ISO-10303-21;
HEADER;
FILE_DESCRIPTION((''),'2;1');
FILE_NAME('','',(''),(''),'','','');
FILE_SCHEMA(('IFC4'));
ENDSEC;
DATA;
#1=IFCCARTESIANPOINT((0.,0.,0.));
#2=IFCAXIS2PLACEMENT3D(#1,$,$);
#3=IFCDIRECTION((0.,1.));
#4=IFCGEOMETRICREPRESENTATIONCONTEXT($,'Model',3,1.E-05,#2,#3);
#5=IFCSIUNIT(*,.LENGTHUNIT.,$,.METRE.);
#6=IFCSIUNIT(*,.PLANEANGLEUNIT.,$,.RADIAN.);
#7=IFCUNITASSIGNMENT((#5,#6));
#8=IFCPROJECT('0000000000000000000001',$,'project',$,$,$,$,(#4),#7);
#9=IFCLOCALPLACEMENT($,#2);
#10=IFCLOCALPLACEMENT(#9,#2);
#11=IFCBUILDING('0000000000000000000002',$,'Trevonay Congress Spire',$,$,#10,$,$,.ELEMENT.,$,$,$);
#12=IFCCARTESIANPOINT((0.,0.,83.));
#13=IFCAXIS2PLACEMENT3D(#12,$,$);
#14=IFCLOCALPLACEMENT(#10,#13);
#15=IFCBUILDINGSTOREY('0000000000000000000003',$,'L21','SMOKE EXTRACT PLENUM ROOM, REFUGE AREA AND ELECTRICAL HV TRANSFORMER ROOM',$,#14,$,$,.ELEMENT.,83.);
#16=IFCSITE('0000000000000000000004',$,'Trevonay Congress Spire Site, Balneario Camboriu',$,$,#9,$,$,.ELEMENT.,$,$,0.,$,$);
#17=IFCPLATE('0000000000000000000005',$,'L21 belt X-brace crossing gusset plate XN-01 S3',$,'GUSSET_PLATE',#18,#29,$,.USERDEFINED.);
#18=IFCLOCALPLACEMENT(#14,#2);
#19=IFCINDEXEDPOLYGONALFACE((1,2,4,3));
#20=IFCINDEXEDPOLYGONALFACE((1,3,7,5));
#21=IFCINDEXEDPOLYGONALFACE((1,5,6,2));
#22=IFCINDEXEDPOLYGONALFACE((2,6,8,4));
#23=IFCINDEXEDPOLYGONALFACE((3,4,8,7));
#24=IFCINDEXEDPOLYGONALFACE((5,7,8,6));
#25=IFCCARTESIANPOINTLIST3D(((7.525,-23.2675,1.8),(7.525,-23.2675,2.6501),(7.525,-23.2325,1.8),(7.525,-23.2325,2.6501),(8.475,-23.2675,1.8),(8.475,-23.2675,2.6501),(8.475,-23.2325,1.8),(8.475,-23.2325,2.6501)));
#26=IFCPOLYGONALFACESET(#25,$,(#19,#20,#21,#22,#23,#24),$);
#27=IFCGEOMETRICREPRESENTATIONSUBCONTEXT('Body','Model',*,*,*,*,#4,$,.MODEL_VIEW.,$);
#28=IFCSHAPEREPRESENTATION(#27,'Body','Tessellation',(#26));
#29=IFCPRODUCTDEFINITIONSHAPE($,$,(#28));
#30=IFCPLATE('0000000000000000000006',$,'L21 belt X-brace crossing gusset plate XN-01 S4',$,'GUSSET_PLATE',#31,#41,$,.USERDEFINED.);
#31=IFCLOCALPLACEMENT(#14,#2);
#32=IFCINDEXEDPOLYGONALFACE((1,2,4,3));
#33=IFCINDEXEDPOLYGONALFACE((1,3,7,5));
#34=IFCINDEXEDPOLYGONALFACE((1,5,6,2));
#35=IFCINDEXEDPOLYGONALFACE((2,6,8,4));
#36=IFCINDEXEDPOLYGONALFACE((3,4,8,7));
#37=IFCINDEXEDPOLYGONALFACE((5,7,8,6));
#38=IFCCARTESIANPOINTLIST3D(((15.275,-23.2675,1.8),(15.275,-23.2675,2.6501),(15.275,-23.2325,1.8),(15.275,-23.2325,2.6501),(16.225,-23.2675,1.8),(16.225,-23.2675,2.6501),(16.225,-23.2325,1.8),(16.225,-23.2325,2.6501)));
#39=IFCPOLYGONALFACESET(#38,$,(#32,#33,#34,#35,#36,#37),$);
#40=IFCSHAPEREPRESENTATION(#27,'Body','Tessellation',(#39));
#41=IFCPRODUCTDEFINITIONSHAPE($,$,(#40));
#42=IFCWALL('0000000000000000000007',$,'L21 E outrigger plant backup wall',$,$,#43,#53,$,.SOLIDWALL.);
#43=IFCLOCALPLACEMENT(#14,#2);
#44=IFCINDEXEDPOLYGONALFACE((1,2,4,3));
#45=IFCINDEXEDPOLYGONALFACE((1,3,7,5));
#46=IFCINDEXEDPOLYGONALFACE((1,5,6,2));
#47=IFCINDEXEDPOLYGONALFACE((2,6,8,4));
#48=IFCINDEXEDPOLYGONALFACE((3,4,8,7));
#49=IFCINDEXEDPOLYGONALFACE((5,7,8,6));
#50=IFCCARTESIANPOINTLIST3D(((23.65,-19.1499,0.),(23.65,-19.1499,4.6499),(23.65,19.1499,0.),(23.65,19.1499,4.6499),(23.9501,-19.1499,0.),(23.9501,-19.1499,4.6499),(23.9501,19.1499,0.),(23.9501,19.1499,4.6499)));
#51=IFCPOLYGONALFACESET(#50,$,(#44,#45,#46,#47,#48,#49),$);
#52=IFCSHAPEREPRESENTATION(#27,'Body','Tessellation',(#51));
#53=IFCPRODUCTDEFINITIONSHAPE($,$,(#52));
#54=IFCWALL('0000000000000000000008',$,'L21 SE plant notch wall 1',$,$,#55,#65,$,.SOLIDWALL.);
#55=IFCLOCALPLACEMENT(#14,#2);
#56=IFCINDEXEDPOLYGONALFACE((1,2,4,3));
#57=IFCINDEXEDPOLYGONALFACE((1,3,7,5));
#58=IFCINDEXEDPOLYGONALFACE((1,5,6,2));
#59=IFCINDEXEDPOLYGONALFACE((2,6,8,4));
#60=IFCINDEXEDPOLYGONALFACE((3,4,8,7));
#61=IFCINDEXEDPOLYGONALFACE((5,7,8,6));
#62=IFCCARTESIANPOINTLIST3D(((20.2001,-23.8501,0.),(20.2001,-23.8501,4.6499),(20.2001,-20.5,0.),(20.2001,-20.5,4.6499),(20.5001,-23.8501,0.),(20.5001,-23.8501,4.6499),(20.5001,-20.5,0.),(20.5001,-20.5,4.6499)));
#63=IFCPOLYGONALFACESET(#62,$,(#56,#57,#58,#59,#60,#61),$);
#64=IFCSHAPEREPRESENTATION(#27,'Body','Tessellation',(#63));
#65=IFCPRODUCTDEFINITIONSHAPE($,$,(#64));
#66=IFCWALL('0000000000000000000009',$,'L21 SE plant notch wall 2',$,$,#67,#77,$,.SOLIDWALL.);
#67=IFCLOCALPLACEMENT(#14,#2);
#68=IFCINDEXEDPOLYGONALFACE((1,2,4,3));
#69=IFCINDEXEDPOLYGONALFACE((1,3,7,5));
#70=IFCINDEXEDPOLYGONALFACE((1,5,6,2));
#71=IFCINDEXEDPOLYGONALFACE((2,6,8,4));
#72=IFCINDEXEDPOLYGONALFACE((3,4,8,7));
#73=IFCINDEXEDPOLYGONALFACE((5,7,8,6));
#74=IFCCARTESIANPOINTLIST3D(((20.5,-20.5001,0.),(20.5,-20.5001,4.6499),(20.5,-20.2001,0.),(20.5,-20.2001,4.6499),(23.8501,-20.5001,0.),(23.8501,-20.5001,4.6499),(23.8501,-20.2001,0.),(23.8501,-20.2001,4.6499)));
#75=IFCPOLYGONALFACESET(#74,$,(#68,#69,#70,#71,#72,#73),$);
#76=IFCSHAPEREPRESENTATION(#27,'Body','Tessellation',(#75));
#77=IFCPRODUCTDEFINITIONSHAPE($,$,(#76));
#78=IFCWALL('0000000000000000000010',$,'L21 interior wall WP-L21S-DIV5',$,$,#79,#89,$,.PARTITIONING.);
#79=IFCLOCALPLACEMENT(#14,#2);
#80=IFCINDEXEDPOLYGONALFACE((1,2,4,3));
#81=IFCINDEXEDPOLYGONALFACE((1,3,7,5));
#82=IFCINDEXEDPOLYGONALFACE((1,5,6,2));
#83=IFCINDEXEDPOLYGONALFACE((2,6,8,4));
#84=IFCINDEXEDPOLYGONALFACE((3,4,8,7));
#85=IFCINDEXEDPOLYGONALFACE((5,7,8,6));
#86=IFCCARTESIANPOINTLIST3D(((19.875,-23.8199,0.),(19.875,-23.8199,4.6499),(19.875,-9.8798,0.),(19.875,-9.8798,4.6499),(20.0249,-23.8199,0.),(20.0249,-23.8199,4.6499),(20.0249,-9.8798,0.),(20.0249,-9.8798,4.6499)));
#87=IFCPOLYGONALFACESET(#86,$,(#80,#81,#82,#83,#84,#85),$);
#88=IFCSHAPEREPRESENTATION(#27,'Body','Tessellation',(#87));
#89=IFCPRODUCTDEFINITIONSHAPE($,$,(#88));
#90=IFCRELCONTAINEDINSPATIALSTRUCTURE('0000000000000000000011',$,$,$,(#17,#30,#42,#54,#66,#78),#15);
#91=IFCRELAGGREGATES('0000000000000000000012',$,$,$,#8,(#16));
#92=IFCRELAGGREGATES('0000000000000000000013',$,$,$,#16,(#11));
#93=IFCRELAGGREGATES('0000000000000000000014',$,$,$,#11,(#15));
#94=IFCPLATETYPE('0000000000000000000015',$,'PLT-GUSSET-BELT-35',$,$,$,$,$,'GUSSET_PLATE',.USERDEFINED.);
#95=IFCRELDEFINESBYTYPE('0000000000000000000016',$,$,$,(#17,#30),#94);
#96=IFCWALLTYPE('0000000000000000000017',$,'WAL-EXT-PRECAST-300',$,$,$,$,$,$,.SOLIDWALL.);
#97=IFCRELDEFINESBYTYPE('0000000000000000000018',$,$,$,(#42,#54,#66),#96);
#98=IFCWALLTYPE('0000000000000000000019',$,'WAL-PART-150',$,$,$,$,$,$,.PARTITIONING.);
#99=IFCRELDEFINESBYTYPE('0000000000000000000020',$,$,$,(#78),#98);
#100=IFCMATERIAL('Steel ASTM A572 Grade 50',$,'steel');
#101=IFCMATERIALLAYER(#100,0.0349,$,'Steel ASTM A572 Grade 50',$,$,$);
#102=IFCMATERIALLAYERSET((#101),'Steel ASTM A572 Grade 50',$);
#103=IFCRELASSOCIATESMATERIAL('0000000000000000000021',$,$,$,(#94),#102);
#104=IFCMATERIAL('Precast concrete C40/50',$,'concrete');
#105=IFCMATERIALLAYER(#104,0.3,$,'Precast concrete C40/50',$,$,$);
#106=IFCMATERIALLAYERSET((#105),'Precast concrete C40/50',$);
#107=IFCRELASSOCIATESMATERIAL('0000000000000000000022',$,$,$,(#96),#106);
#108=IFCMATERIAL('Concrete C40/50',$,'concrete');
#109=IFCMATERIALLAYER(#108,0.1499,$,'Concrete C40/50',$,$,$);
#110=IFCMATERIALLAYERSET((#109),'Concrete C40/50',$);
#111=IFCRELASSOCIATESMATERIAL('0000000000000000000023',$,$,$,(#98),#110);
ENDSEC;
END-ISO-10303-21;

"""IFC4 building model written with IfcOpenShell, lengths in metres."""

from ifc_helpers import new_model, si_unit, direction, frame, frame_2d, origin, origin_2d, place, context, subcontext, project, spatial, rectangle, extrude, material, layer, layer_set, type_object, element, save


model = new_model("IFC4")

# Units and contexts
model_context = context("Model", 3, precision=1e-05, world=origin(), true_north=direction((0.0, 1.0)))
body_context = subcontext(model_context, "Body", "Model", "MODEL_VIEW")
ifc_project = project(units=[si_unit("LENGTHUNIT", "METRE"), si_unit("PLANEANGLEUNIT", "RADIAN")], contexts=[model_context])

# Site, building, storey
site_placement = place(None, origin())
site = spatial("IfcSite", under=ifc_project, at=site_placement, Name="Trevonay Congress Spire Site, Balneario Camboriu", CompositionType="ELEMENT", RefElevation=0.0)
building_placement = place(site_placement, origin())
building = spatial("IfcBuilding", under=site, at=building_placement, Name="Trevonay Congress Spire", CompositionType="ELEMENT")
storey_placement = place(building_placement, frame((0.0, 0.0, 83.0)))
storey = spatial("IfcBuildingStorey", under=building, at=storey_placement, Name="L21", Description="SMOKE EXTRACT PLENUM ROOM, REFUGE AREA AND ELECTRICAL HV TRANSFORMER ROOM", CompositionType="ELEMENT", Elevation=83.0)

# Shared definitions
ifc_material_1 = material(Name="Steel ASTM A572 Grade 50", Category="steel")

# Plates
ifc_layer_1 = layer(ifc_material_1, 0.0349, Name="Steel ASTM A572 Grade 50")
ifc_layer_set_1 = layer_set([ifc_layer_1], Name="Steel ASTM A572 Grade 50")
plate_type = type_object("IfcPlateType", Name="PLT-GUSSET-BELT-35", ElementType="GUSSET_PLATE", PredefinedType="USERDEFINED", material=ifc_layer_set_1)
for number, where, z_axis, x_axis, name in (
    (1, (8.0, -23.25, 1.8), (0.0, 0.0, 1.0), (1.0, 0.0, 0.0), "L21 belt X-brace crossing gusset plate XN-01 S3"),
    (2, (15.75, -23.25, 1.8), (0.0, 0.0, 1.0), (1.0, 0.0, 0.0), "L21 belt X-brace crossing gusset plate XN-01 S4"),
):
    element("IfcPlate", number, at=place(storey_placement, frame(where, z_axis=z_axis, x_axis=x_axis)), inside=storey, type_object=plate_type, Name=name, ObjectType="GUSSET_PLATE", PredefinedType="USERDEFINED", context=body_context, shape_type="SweptSolid", body=[
        extrude(rectangle(XDim=0.95, YDim=0.0349, at=origin_2d()), origin(), (0.0, 0.0, 1.0), 0.8501),
    ])

# Walls
ifc_material_2 = material(Name="Precast concrete C40/50", Category="concrete")
ifc_layer_2 = layer(ifc_material_2, 0.3, Name="Precast concrete C40/50")
ifc_layer_set_2 = layer_set([ifc_layer_2], Name="Precast concrete C40/50")
wall_type_1 = type_object("IfcWallType", Name="WAL-EXT-PRECAST-300", PredefinedType="SOLIDWALL", material=ifc_layer_set_2)
wall_1_placement = place(storey_placement, frame((23.8, -19.1499, 0.0), z_axis=(0.0, 0.0, 1.0), x_axis=(0.0, 1.0, 0.0)))
element("IfcWall", 3, at=wall_1_placement, inside=storey, type_object=wall_type_1, Name="L21 E outrigger plant backup wall", PredefinedType="SOLIDWALL", context=body_context, shape_type="SweptSolid", body=[
    extrude(rectangle(XDim=38.2998, YDim=0.3, at=frame_2d((19.1499, 0.0))), origin(), (0.0, 0.0, 1.0), 4.6499),
])
for number, where, z_axis, x_axis, name in (
    (4, (20.3501, -23.8501, 0.0), (0.0, 0.0, 1.0), (0.0, 1.0, 0.0), "L21 SE plant notch wall 1"),
    (5, (23.8501, -20.3501, 0.0), (0.0, 0.0, 1.0), (-1.0, 0.0, 0.0), "L21 SE plant notch wall 2"),
):
    element("IfcWall", number, at=place(storey_placement, frame(where, z_axis=z_axis, x_axis=x_axis)), inside=storey, type_object=wall_type_1, Name=name, PredefinedType="SOLIDWALL", context=body_context, shape_type="SweptSolid", body=[
        extrude(rectangle(XDim=3.3501, YDim=0.3, at=frame_2d((1.675, 0.0))), origin(), (0.0, 0.0, 1.0), 4.6499),
    ])
ifc_material_3 = material(Name="Concrete C40/50", Category="concrete")
ifc_layer_3 = layer(ifc_material_3, 0.1499, Name="Concrete C40/50")
ifc_layer_set_3 = layer_set([ifc_layer_3], Name="Concrete C40/50")
wall_type_2 = type_object("IfcWallType", Name="WAL-PART-150", PredefinedType="PARTITIONING", material=ifc_layer_set_3)
wall_2_placement = place(storey_placement, frame((19.95, -23.8201, 0.0), z_axis=(0.0, 0.0, 1.0), x_axis=(0.0, 1.0, 0.0)))
element("IfcWall", 6, at=wall_2_placement, inside=storey, type_object=wall_type_2, Name="L21 interior wall WP-L21S-DIV5", PredefinedType="PARTITIONING", context=body_context, shape_type="SweptSolid", body=[
    extrude(rectangle(XDim=13.9402, YDim=0.1499, at=frame_2d((6.9702, 0.0))), origin(), (0.0, 0.0, 1.0), 4.6499),
])

save(model, "model.ifc")
